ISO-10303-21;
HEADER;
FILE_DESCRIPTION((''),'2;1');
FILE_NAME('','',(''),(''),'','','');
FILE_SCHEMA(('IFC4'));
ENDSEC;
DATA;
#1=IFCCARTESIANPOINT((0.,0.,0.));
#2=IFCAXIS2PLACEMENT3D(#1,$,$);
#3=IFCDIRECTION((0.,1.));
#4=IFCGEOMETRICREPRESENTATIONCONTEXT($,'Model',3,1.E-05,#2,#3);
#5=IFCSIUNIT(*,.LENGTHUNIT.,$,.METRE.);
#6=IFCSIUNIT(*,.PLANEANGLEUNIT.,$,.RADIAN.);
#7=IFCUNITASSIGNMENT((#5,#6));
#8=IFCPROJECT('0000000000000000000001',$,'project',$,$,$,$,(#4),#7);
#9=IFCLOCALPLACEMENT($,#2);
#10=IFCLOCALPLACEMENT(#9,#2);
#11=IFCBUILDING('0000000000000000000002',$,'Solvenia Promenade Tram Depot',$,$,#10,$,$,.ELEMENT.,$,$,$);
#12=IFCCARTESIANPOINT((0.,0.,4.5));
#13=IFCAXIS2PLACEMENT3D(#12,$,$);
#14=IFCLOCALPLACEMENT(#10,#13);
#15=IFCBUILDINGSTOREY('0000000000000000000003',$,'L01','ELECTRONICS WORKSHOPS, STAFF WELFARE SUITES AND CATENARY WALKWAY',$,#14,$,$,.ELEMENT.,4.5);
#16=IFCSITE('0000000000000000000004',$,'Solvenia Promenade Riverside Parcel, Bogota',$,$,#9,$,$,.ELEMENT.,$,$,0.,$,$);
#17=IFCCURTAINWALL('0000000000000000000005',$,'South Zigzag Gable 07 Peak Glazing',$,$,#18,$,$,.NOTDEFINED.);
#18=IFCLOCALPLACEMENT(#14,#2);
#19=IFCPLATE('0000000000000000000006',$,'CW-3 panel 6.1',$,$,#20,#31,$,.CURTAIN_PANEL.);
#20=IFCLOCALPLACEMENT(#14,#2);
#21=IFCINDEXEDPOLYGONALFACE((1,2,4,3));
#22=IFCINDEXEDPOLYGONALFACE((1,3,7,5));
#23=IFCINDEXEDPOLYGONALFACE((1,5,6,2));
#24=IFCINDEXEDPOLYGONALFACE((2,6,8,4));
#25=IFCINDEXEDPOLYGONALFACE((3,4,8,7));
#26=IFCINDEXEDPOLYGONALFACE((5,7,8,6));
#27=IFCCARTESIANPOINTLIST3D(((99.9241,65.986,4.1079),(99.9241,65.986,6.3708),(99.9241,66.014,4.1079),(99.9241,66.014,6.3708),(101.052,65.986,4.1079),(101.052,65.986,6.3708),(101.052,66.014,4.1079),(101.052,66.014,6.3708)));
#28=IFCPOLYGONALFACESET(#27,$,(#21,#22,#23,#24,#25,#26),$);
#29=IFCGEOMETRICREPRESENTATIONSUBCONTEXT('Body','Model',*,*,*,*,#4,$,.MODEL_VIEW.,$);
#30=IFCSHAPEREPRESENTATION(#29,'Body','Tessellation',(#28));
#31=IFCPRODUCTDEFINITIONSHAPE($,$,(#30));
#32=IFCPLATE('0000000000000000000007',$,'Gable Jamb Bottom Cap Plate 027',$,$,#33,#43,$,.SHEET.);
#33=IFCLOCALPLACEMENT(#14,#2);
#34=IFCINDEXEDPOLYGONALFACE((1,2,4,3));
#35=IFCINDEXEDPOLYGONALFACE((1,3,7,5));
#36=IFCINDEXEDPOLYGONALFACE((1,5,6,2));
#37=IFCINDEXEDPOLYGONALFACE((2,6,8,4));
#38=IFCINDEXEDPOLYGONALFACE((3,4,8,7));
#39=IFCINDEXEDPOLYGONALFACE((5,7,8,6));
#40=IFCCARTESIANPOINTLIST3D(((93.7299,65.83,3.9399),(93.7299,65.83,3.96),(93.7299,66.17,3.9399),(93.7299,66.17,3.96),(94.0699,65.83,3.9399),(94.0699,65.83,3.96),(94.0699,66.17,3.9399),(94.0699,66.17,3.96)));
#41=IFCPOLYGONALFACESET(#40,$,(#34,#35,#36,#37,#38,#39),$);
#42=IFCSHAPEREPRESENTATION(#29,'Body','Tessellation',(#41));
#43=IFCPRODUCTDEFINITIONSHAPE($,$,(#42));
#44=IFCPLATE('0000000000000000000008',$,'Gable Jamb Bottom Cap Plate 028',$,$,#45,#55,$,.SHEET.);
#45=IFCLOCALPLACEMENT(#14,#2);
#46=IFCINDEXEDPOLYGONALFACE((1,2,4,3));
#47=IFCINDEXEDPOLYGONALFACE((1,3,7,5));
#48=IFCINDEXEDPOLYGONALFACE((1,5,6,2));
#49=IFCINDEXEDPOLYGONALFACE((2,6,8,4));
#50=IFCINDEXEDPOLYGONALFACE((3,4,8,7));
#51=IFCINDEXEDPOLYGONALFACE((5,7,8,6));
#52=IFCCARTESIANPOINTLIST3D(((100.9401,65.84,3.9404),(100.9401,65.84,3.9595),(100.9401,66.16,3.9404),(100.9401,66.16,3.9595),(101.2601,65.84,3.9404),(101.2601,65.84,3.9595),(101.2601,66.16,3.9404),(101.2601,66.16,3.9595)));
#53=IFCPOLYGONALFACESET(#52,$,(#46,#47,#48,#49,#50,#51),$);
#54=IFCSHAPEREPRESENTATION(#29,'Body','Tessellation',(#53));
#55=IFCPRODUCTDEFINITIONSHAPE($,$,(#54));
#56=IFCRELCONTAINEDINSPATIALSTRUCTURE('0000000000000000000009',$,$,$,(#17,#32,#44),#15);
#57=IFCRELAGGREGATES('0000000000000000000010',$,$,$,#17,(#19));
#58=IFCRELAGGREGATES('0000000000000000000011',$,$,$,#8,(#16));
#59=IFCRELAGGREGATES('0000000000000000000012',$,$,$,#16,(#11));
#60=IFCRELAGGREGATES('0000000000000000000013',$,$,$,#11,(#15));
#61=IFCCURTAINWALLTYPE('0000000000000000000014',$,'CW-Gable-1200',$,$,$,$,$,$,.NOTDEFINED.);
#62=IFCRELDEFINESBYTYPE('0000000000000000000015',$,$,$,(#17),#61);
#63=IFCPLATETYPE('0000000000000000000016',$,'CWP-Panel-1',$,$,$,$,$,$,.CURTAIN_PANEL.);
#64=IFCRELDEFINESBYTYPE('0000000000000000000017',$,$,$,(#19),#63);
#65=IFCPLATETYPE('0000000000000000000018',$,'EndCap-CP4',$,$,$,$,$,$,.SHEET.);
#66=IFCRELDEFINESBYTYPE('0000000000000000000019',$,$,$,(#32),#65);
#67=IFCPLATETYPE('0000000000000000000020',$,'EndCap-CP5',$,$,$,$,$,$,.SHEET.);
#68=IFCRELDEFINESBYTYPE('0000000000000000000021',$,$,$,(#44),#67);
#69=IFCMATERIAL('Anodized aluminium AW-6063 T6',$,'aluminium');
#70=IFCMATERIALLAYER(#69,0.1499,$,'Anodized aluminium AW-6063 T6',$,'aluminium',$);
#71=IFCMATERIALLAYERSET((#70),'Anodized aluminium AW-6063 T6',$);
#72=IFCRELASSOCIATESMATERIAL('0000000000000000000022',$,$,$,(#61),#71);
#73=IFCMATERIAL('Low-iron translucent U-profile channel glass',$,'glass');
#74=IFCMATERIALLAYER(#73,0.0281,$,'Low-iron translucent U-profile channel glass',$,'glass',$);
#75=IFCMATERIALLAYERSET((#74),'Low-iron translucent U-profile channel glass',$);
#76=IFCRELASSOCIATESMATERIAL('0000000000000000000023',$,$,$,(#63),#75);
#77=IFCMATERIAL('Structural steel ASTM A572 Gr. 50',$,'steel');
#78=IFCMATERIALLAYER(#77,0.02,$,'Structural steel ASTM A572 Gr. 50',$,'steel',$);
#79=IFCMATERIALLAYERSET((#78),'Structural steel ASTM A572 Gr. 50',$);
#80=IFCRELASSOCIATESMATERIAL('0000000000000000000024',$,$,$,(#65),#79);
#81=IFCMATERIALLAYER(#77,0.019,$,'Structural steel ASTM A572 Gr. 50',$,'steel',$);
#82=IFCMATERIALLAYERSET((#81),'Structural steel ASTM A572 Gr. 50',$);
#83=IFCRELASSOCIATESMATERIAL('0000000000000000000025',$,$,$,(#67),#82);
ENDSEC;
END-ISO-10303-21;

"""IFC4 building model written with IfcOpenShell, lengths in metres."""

from ifc_helpers import new_model, si_unit, direction, frame, origin, origin_2d, place, context, subcontext, project, spatial, rectangle, extrude, material, layer, layer_set, type_object, element, aggregate, save


model = new_model("IFC4")

# Units and contexts
model_context = context("Model", 3, precision=1e-05, world=origin(), true_north=direction((0.0, 1.0)))
body_context = subcontext(model_context, "Body", "Model", "MODEL_VIEW")
ifc_project = project(units=[si_unit("LENGTHUNIT", "METRE"), si_unit("PLANEANGLEUNIT", "RADIAN")], contexts=[model_context])

# Site, building, storey
site_placement = place(None, origin())
site = spatial("IfcSite", under=ifc_project, at=site_placement, Name="Solvenia Promenade Riverside Parcel, Bogota", CompositionType="ELEMENT", RefElevation=0.0)
building_placement = place(site_placement, origin())
building = spatial("IfcBuilding", under=site, at=building_placement, Name="Solvenia Promenade Tram Depot", CompositionType="ELEMENT")
storey_placement = place(building_placement, frame((0.0, 0.0, 4.5)))
storey = spatial("IfcBuildingStorey", under=building, at=storey_placement, Name="L01", Description="ELECTRONICS WORKSHOPS, STAFF WELFARE SUITES AND CATENARY WALKWAY", CompositionType="ELEMENT", Elevation=4.5)

# Curtain wall
ifc_material_1 = material(Name="Anodized aluminium AW-6063 T6", Category="aluminium")
ifc_layer_1 = layer(ifc_material_1, 0.1499, Name="Anodized aluminium AW-6063 T6", Category="aluminium")
ifc_layer_set_1 = layer_set([ifc_layer_1], Name="Anodized aluminium AW-6063 T6")
curtain_wall_type_1 = type_object("IfcCurtainWallType", Name="CW-Gable-1200", PredefinedType="NOTDEFINED", material=ifc_layer_set_1)
curtain_wall_1_placement = place(storey_placement, origin())
curtain_wall_1 = element("IfcCurtainWall", 1, at=curtain_wall_1_placement, inside=storey, type_object=curtain_wall_type_1, Name="South Zigzag Gable 07 Peak Glazing", PredefinedType="NOTDEFINED")

# Plate
ifc_material_2 = material(Name="Low-iron translucent U-profile channel glass", Category="glass")
ifc_layer_2 = layer(ifc_material_2, 0.0281, Name="Low-iron translucent U-profile channel glass", Category="glass")
ifc_layer_set_2 = layer_set([ifc_layer_2], Name="Low-iron translucent U-profile channel glass")
plate_type_1 = type_object("IfcPlateType", Name="CWP-Panel-1", PredefinedType="CURTAIN_PANEL", material=ifc_layer_set_2)
plate_1_placement = place(storey_placement, frame((100.488, 66.0, 4.1079), z_axis=(0.0, 0.0, 1.0), x_axis=(1.0, 0.0, 0.0)))
plate_1 = element("IfcPlate", 2, at=plate_1_placement, type_object=plate_type_1, Name="CW-3 panel 6.1", PredefinedType="CURTAIN_PANEL", context=body_context, shape_type="SweptSolid", body=[
    extrude(rectangle(XDim=1.1279, YDim=0.0281, at=origin_2d()), origin(), (0.0, 0.0, 1.0), 2.2629),
])
aggregate(curtain_wall_1, [plate_1])

# Plates
ifc_material_3 = material(Name="Structural steel ASTM A572 Gr. 50", Category="steel")
ifc_layer_3 = layer(ifc_material_3, 0.02, Name="Structural steel ASTM A572 Gr. 50", Category="steel")
ifc_layer_set_3 = layer_set([ifc_layer_3], Name="Structural steel ASTM A572 Gr. 50")
plate_type_2 = type_object("IfcPlateType", Name="EndCap-CP4", PredefinedType="SHEET", material=ifc_layer_set_3)
plate_2_placement = place(storey_placement, frame((93.8999, 66.0, 3.9399), z_axis=(0.0, 0.0, 1.0), x_axis=(1.0, 0.0, 0.0)))
element("IfcPlate", 3, at=plate_2_placement, inside=storey, type_object=plate_type_2, Name="Gable Jamb Bottom Cap Plate 027", PredefinedType="SHEET", context=body_context, shape_type="SweptSolid", body=[
    extrude(rectangle(XDim=0.3401, YDim=0.3401, at=origin_2d()), origin(), (0.0, 0.0, 1.0), 0.02),
])
ifc_layer_4 = layer(ifc_material_3, 0.019, Name="Structural steel ASTM A572 Gr. 50", Category="steel")
ifc_layer_set_4 = layer_set([ifc_layer_4], Name="Structural steel ASTM A572 Gr. 50")
plate_type_3 = type_object("IfcPlateType", Name="EndCap-CP5", PredefinedType="SHEET", material=ifc_layer_set_4)
plate_3_placement = place(storey_placement, frame((101.1001, 66.0, 3.9404), z_axis=(0.0, 0.0, 1.0), x_axis=(1.0, 0.0, 0.0)))
element("IfcPlate", 4, at=plate_3_placement, inside=storey, type_object=plate_type_3, Name="Gable Jamb Bottom Cap Plate 028", PredefinedType="SHEET", context=body_context, shape_type="SweptSolid", body=[
    extrude(rectangle(XDim=0.3201, YDim=0.3201, at=origin_2d()), origin(), (0.0, 0.0, 1.0), 0.019),
])

save(model, "model.ifc")
